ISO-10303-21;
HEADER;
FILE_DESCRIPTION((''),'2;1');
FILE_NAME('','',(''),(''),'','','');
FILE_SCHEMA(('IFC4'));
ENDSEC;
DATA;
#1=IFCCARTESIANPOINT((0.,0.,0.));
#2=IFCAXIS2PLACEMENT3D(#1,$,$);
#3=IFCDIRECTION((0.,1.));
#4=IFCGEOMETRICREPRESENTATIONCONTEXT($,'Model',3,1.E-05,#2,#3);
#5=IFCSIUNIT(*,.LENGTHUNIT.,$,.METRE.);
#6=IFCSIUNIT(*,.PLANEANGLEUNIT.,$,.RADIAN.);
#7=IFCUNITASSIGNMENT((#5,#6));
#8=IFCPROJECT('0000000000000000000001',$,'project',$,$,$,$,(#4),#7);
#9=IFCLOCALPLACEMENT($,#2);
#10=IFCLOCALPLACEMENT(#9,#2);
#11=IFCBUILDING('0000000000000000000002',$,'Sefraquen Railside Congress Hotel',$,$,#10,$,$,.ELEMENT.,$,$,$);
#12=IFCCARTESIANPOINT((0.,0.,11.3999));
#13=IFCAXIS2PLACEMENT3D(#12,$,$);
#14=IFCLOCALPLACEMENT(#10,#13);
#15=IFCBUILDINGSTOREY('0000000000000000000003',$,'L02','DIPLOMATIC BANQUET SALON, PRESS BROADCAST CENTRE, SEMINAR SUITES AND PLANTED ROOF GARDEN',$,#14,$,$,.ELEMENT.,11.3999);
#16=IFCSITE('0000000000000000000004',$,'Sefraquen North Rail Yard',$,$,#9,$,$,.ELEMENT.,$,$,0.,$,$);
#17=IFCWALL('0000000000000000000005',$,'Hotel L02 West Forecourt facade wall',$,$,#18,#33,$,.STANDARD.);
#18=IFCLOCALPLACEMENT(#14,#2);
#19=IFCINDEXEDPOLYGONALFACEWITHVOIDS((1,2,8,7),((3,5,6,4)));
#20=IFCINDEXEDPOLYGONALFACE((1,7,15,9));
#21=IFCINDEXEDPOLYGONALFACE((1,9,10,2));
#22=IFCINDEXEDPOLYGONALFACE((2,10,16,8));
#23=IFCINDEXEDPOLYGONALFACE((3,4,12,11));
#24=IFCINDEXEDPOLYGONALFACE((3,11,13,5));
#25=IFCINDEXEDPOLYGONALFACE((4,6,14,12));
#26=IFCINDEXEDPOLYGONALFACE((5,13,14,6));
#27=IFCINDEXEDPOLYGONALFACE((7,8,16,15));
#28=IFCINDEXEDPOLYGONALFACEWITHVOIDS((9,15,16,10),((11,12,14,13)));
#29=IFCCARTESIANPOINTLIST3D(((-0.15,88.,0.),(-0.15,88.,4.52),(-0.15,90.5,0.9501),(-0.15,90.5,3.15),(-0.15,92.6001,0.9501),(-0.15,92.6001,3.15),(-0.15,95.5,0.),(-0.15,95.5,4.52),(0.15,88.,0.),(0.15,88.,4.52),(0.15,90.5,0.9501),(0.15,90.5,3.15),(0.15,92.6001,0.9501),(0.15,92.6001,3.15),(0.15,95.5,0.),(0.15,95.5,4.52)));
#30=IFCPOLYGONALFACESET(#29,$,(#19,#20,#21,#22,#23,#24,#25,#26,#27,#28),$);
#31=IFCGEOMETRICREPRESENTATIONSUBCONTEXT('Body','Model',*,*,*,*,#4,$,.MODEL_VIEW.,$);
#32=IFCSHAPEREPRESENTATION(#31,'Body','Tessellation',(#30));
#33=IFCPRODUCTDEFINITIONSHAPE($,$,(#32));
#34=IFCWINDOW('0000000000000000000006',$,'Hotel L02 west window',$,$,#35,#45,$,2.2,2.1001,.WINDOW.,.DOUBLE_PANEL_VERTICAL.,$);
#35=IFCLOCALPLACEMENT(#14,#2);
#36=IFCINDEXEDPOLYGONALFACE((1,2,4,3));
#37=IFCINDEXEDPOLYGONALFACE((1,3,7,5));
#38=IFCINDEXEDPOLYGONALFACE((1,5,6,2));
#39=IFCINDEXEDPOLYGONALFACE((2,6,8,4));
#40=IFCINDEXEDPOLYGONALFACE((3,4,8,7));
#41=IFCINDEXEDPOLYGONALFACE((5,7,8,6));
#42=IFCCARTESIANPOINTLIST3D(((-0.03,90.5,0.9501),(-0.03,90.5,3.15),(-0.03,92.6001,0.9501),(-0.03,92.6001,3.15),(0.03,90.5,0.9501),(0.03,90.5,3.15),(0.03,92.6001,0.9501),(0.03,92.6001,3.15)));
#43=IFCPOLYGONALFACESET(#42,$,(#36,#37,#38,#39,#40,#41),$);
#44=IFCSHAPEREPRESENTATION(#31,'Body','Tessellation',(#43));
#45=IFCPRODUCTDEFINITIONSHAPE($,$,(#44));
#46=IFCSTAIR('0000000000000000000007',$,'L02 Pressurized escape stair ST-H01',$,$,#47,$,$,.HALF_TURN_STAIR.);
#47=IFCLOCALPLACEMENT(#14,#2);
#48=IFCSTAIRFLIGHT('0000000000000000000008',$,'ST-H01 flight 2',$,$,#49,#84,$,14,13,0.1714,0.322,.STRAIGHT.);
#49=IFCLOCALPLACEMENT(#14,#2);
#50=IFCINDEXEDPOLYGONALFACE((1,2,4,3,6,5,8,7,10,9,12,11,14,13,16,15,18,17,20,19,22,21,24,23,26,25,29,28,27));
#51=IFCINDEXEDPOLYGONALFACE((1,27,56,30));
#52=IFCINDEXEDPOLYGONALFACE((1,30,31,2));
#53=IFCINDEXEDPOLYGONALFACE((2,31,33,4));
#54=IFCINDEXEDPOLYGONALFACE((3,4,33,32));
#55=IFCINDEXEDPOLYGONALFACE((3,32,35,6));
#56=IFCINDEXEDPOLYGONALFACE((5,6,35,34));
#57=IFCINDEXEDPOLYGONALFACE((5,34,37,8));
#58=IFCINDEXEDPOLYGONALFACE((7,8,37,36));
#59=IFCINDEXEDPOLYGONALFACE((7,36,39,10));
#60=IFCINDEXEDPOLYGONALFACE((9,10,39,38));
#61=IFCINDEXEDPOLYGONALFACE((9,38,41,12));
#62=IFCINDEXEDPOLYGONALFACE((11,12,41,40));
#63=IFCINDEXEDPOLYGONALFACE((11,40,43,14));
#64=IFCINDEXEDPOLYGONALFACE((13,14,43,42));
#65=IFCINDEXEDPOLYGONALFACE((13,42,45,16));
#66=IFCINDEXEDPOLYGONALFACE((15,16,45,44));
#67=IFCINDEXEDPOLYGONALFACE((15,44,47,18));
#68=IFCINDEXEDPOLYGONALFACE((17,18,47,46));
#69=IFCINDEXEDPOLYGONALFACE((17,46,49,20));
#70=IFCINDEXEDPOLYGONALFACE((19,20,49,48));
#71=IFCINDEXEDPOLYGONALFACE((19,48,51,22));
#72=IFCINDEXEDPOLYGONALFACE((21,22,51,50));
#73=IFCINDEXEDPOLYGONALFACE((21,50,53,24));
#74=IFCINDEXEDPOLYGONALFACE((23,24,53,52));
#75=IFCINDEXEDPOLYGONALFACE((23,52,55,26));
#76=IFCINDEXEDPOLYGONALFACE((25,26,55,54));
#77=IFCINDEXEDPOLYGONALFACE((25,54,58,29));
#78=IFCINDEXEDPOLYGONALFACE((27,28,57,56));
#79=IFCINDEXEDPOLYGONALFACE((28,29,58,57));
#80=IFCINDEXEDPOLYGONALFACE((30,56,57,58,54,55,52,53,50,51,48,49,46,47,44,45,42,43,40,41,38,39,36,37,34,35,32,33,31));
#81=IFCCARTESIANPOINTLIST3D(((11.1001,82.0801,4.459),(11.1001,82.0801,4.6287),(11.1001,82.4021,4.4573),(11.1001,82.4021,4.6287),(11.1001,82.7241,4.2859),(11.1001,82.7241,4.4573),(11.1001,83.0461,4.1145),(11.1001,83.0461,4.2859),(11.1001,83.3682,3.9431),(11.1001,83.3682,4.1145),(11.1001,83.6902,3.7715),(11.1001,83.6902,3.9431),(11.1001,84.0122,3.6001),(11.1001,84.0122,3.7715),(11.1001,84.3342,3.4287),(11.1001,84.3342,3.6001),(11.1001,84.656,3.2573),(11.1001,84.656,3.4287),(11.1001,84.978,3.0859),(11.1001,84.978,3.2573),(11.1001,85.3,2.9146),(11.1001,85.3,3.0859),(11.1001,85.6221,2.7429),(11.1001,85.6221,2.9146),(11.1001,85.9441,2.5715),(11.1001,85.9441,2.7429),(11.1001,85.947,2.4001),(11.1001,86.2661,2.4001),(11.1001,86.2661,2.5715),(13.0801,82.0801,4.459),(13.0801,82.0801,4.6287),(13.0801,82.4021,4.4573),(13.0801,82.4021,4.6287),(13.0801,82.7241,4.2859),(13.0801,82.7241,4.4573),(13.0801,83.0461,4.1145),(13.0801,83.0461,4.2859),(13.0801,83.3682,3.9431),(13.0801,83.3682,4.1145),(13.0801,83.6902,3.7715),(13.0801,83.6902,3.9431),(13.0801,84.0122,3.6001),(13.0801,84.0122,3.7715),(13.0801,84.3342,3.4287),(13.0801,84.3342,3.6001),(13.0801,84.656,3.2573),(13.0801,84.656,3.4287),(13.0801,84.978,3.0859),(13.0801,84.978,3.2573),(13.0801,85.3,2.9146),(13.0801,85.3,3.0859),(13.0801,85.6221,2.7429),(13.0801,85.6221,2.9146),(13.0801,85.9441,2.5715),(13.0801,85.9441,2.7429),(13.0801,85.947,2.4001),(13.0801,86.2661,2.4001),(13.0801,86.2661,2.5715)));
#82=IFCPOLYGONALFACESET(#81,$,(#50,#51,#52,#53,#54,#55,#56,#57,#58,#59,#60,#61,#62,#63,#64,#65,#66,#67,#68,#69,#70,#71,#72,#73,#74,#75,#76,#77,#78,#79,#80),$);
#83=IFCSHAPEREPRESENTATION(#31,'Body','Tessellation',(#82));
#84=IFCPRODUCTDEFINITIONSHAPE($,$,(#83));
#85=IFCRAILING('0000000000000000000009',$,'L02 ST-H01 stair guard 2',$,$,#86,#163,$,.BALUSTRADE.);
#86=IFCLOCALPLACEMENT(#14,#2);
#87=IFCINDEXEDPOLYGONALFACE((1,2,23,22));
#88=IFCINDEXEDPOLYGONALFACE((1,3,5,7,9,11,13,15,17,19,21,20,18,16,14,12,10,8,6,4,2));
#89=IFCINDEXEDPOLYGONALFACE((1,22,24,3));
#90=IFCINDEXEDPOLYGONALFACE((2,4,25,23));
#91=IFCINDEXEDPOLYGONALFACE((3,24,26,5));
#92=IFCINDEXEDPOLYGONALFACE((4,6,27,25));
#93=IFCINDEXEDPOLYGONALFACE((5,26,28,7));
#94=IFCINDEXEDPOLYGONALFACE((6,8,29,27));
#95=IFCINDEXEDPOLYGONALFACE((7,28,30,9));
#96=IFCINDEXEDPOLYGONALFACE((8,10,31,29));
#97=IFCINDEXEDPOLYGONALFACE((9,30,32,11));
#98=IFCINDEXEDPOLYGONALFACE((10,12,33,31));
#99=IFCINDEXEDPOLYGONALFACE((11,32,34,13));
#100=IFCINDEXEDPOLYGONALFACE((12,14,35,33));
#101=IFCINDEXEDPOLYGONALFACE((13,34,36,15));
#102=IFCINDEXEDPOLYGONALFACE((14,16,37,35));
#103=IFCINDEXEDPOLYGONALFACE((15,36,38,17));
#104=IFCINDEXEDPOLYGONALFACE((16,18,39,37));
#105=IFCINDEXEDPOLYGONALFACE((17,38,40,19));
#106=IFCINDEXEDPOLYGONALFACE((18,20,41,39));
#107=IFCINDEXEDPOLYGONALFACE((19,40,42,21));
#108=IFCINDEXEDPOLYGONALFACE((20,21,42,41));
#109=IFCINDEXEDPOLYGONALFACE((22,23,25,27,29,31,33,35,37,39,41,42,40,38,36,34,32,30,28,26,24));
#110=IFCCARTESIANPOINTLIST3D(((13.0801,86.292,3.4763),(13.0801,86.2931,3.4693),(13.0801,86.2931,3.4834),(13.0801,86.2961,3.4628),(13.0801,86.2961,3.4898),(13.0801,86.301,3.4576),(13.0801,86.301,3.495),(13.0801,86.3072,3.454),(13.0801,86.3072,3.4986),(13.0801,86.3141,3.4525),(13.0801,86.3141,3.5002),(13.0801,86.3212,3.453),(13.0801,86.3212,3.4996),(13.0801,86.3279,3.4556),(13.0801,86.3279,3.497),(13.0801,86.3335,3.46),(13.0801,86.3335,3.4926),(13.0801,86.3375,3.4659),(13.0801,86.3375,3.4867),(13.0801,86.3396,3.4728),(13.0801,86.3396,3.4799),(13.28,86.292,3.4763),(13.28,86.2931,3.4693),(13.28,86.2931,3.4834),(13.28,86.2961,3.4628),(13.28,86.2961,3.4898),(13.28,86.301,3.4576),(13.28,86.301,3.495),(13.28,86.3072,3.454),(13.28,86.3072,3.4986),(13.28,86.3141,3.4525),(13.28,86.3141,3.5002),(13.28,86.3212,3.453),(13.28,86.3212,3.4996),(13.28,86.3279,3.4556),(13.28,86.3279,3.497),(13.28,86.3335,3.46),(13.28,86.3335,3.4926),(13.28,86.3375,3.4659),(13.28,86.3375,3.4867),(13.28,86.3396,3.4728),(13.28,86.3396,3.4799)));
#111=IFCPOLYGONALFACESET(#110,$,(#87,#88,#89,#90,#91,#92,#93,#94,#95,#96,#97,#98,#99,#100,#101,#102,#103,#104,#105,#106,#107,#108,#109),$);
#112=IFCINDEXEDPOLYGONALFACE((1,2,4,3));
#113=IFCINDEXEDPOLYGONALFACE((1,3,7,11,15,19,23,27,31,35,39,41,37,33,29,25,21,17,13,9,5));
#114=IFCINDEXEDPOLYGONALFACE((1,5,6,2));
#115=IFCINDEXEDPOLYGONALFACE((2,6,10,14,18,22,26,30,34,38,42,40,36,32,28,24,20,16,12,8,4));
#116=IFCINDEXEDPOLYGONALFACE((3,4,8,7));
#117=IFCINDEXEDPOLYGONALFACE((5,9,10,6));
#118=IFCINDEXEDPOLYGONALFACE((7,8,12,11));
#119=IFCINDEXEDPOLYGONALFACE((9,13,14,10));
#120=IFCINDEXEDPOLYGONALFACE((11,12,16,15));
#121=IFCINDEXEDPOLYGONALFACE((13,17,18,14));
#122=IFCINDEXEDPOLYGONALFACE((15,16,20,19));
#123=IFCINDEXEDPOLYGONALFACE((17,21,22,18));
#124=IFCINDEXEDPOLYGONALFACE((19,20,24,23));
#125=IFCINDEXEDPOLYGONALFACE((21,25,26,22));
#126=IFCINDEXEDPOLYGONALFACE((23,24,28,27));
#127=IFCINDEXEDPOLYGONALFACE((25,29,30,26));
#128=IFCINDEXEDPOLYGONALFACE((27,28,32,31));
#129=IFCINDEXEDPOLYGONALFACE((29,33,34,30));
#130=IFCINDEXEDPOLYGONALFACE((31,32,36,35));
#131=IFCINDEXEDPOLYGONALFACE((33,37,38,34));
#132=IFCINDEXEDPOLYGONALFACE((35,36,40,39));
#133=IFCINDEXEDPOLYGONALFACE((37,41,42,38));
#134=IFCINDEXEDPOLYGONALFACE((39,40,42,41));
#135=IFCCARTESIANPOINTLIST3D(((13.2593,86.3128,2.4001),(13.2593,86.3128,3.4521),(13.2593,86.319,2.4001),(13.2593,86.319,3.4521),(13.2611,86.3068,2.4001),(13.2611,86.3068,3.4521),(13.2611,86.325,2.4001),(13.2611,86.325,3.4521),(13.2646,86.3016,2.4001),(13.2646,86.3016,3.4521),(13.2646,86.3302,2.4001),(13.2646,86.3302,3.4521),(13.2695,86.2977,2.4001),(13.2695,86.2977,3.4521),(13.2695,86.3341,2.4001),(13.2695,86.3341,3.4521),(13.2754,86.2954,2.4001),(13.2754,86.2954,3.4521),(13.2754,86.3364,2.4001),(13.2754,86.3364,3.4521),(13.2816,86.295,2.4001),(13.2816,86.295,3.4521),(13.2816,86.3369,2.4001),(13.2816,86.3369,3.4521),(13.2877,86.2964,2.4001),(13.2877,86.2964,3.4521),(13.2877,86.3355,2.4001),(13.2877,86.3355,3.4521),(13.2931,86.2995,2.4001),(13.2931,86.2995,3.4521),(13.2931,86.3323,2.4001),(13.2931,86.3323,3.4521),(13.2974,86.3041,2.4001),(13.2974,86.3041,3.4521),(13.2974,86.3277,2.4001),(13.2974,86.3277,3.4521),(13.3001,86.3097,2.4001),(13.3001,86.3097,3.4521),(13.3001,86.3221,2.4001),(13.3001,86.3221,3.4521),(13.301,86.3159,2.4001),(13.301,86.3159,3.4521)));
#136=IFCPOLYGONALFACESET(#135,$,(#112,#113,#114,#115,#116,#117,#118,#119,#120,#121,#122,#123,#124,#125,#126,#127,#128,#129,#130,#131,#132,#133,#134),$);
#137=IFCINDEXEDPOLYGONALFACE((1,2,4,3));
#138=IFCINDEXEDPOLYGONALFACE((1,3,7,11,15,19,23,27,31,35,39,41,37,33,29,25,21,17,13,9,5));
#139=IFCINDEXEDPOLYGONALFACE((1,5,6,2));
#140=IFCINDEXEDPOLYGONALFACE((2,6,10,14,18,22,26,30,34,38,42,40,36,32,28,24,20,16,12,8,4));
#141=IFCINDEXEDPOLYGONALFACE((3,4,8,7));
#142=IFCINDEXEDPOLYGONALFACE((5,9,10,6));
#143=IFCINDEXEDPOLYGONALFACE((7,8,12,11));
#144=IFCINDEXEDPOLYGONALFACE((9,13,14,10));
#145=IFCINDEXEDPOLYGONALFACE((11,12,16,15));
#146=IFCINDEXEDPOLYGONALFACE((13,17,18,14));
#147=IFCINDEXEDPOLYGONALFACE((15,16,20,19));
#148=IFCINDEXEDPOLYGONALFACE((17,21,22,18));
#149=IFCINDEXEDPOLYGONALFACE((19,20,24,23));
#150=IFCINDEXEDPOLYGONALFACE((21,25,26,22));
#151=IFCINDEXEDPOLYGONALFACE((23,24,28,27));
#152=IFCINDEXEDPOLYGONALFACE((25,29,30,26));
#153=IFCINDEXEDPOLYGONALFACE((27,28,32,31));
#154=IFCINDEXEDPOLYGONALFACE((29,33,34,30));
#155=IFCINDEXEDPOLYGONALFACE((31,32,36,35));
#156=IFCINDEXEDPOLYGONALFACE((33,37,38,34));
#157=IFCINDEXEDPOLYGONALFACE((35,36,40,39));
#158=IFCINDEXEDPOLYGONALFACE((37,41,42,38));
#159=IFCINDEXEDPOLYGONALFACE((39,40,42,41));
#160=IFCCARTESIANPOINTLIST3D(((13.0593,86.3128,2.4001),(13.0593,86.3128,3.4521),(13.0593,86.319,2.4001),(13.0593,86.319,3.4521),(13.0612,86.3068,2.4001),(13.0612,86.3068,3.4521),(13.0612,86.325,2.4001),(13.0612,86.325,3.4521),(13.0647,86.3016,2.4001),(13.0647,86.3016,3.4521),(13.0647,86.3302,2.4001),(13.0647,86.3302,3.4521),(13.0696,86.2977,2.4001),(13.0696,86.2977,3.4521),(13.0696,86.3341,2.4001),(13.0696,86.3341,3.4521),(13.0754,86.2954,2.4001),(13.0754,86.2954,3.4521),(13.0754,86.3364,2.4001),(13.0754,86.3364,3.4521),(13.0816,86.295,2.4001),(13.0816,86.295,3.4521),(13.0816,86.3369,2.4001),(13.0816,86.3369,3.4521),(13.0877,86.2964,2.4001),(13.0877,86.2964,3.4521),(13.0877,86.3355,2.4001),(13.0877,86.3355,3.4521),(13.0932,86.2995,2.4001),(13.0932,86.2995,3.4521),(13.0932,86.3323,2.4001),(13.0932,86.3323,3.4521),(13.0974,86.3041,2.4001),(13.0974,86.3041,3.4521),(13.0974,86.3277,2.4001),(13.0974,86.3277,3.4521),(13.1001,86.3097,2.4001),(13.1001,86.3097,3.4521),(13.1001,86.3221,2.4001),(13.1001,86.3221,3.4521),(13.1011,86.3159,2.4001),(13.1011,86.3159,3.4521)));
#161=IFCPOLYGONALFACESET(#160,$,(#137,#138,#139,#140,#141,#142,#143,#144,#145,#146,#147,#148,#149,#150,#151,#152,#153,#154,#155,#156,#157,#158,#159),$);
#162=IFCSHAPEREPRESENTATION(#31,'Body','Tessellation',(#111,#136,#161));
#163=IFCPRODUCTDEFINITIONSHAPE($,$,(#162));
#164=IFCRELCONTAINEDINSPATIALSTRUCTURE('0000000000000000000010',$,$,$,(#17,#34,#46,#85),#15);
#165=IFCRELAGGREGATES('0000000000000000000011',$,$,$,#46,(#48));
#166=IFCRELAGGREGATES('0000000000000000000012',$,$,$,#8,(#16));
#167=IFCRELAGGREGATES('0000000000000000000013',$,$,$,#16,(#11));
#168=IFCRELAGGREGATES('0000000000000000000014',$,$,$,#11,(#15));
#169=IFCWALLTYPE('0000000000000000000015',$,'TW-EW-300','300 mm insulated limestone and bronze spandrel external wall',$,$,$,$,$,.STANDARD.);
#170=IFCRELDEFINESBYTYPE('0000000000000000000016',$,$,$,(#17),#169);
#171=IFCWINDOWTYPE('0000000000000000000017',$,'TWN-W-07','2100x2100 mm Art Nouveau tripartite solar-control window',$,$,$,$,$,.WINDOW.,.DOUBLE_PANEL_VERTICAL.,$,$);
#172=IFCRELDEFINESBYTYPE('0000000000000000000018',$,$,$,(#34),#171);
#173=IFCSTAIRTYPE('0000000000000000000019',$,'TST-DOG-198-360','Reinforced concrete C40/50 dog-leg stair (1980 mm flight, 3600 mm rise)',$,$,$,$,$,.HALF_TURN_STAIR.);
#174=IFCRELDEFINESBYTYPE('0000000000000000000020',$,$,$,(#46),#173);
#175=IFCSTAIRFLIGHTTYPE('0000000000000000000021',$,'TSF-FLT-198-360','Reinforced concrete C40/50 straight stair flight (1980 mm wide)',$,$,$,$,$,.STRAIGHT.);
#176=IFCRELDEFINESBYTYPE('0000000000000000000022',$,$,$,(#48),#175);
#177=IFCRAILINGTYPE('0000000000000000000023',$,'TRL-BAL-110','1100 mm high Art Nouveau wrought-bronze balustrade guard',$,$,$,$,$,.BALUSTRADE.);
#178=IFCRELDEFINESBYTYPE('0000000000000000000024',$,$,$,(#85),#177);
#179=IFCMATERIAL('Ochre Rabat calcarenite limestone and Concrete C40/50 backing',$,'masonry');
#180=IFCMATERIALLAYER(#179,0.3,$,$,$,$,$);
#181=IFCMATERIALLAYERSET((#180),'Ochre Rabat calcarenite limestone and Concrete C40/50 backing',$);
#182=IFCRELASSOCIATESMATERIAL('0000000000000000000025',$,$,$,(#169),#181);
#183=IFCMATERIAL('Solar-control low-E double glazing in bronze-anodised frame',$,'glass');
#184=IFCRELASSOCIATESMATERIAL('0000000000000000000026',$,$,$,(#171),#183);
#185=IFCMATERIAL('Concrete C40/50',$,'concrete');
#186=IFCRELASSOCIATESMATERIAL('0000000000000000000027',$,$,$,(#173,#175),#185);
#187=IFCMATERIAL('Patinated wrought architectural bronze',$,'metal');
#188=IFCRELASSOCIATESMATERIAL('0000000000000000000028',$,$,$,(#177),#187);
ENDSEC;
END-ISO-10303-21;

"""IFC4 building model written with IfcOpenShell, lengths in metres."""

from ifc_helpers import new_model, si_unit, direction, frame, frame_2d, origin, origin_2d, place, context, subcontext, project, spatial, polyline, rectangle, circle, outline, extrude, material, layer, layer_set, type_object, element, fill, aggregate, save


model = new_model("IFC4")

# Units and contexts
model_context = context("Model", 3, precision=1e-05, world=origin(), true_north=direction((0.0, 1.0)))
body_context = subcontext(model_context, "Body", "Model", "MODEL_VIEW")
ifc_project = project(units=[si_unit("LENGTHUNIT", "METRE"), si_unit("PLANEANGLEUNIT", "RADIAN")], contexts=[model_context])

# Site, building, storey
site_placement = place(None, origin())
site = spatial("IfcSite", under=ifc_project, at=site_placement, Name="Sefraquen North Rail Yard", CompositionType="ELEMENT", RefElevation=0.0)
building_placement = place(site_placement, origin())
building = spatial("IfcBuilding", under=site, at=building_placement, Name="Sefraquen Railside Congress Hotel", CompositionType="ELEMENT")
storey_placement = place(building_placement, frame((0.0, 0.0, 11.3999)))
storey = spatial("IfcBuildingStorey", under=building, at=storey_placement, Name="L02", Description="DIPLOMATIC BANQUET SALON, PRESS BROADCAST CENTRE, SEMINAR SUITES AND PLANTED ROOF GARDEN", CompositionType="ELEMENT", Elevation=11.3999)

# Wall, opening, window
ifc_material_1 = material(Name="Ochre Rabat calcarenite limestone and Concrete C40/50 backing", Category="masonry")
ifc_layer_1 = layer(ifc_material_1, 0.3)
ifc_layer_set_1 = layer_set([ifc_layer_1], Name="Ochre Rabat calcarenite limestone and Concrete C40/50 backing")
wall_type_1 = type_object("IfcWallType", Name="TW-EW-300", Description="300 mm insulated limestone and bronze spandrel external wall", PredefinedType="STANDARD", material=ifc_layer_set_1)
wall_1_placement = place(storey_placement, frame((0.0, 88.0, 0.0), z_axis=(0.0, 0.0, 1.0), x_axis=(0.0, 1.0, 0.0)))
wall_1 = element("IfcWall", 1, at=wall_1_placement, inside=storey, type_object=wall_type_1, Name="Hotel L02 West Forecourt facade wall", PredefinedType="STANDARD", context=body_context, shape_type="SweptSolid", body=[
    extrude(rectangle(XDim=7.5, YDim=0.3, at=frame_2d((3.75, 0.0))), origin(), (0.0, 0.0, 1.0), 4.52),
])
opening_placement = place(wall_1_placement, frame((2.5, 0.0, 0.95)))
opening = element("IfcOpeningElement", 2, at=opening_placement, cuts=wall_1, PredefinedType="OPENING", context=body_context, shape_type="SweptSolid", body=[
    extrude(rectangle(XDim=2.1001, YDim=2.2, at=frame_2d((1.05, 1.1001))), frame((0.0, 0.1599, 0.0), z_axis=(0.0, -1.0, 0.0), x_axis=(1.0, 0.0, 0.0)), (0.0, 0.0, 1.0), 0.3201),
])
ifc_material_2 = material(Name="Solar-control low-E double glazing in bronze-anodised frame", Category="glass")
window_type = type_object("IfcWindowType", Name="TWN-W-07", Description="2100x2100 mm Art Nouveau tripartite solar-control window", PartitioningType="DOUBLE_PANEL_VERTICAL", PredefinedType="WINDOW", material=ifc_material_2)
window_placement = place(opening_placement, origin())
window = element("IfcWindow", 3, at=window_placement, inside=storey, type_object=window_type, Name="Hotel L02 west window", OverallHeight=2.2, OverallWidth=2.1001, PartitioningType="DOUBLE_PANEL_VERTICAL", PredefinedType="WINDOW", context=body_context, shape_type="SweptSolid", body=[
    extrude(rectangle(XDim=2.1001, YDim=2.2, at=frame_2d((1.05, 1.1001))), frame((0.0, 0.03, 0.0), z_axis=(0.0, -1.0, 0.0), x_axis=(1.0, 0.0, 0.0)), (0.0, 0.0, 1.0), 0.0601),
])
fill(opening, window)

# Stair, stair flight
ifc_material_3 = material(Name="Concrete C40/50", Category="concrete")
stair_type = type_object("IfcStairType", Name="TST-DOG-198-360", Description="Reinforced concrete C40/50 dog-leg stair (1980 mm flight, 3600 mm rise)", PredefinedType="HALF_TURN_STAIR", material=ifc_material_3)
stair_placement = place(storey_placement, origin())
stair = element("IfcStair", 4, at=stair_placement, inside=storey, type_object=stair_type, Name="L02 Pressurized escape stair ST-H01", PredefinedType="HALF_TURN_STAIR")
stair_flight_type = type_object("IfcStairFlightType", Name="TSF-FLT-198-360", Description="Reinforced concrete C40/50 straight stair flight (1980 mm wide)", PredefinedType="STRAIGHT", material=ifc_material_3)
stair_flight_placement = place(storey_placement, frame((12.0901, 86.2661, 2.4001), z_axis=(0.0, 0.0, 1.0), x_axis=(0.0, -1.0, 0.0)))
stair_flight = element("IfcStairFlight", 5, at=stair_flight_placement, type_object=stair_flight_type, Name="ST-H01 flight 2", NumberOfRisers=14, NumberOfTreads=13, PredefinedType="STRAIGHT", RiserHeight=0.1714, TreadLength=0.322, context=body_context, shape_type="SweptSolid", body=[
    extrude(outline(polyline([(0.0, 0.0), (0.0, 0.1714), (0.322, 0.1714), (0.322, 0.3428), (0.644, 0.3428), (0.644, 0.5144), (0.9661, 0.5144), (0.9661, 0.6858), (1.2881, 0.6858), (1.2881, 0.8572), (1.6101, 0.8572), (1.6101, 1.0286), (1.9319, 1.0286), (1.9319, 1.2), (2.2539, 1.2), (2.2539, 1.3713), (2.5759, 1.3713), (2.5759, 1.543), (2.8979, 1.543), (2.8979, 1.7144), (3.22, 1.7144), (3.22, 1.8857), (3.542, 1.8857), (3.542, 2.0571), (3.864, 2.0571), (3.864, 2.2285), (4.186, 2.2285), (4.186, 2.3999), (4.186, 2.0588), (0.3191, 0.0), (0.0, 0.0)])), frame((0.0, 0.99, 0.0), z_axis=(0.0, -1.0, 0.0), x_axis=(1.0, 0.0, 0.0)), (0.0, 0.0, 1.0), 1.98),
])
aggregate(stair, [stair_flight])

# Railing
ifc_material_4 = material(Name="Patinated wrought architectural bronze", Category="metal")
railing_type_1 = type_object("IfcRailingType", Name="TRL-BAL-110", Description="1100 mm high Art Nouveau wrought-bronze balustrade guard", PredefinedType="BALUSTRADE", material=ifc_material_4)
railing_1_placement = place(storey_placement, frame((13.28, 86.3159, 2.4001)))
element("IfcRailing", 6, at=railing_1_placement, inside=storey, type_object=railing_type_1, Name="L02 ST-H01 stair guard 2", PredefinedType="BALUSTRADE", context=body_context, shape_type="SweptSolid", body=[
    extrude(circle(Radius=0.0239, at=origin_2d()), frame((0.0, 0.0, 1.0762), z_axis=(-1.0, 0.0, 0.0), x_axis=(0.0, -1.0, 0.0)), (0.0, 0.0, 1.0), 0.2),
    extrude(circle(Radius=0.021, at=origin_2d()), origin(), (0.0, 0.0, 1.0), 1.052),
    extrude(circle(Radius=0.021, at=origin_2d()), frame((-0.2, 0.0, 0.0)), (0.0, 0.0, 1.0), 1.052),
])

save(model, "model.ifc")
